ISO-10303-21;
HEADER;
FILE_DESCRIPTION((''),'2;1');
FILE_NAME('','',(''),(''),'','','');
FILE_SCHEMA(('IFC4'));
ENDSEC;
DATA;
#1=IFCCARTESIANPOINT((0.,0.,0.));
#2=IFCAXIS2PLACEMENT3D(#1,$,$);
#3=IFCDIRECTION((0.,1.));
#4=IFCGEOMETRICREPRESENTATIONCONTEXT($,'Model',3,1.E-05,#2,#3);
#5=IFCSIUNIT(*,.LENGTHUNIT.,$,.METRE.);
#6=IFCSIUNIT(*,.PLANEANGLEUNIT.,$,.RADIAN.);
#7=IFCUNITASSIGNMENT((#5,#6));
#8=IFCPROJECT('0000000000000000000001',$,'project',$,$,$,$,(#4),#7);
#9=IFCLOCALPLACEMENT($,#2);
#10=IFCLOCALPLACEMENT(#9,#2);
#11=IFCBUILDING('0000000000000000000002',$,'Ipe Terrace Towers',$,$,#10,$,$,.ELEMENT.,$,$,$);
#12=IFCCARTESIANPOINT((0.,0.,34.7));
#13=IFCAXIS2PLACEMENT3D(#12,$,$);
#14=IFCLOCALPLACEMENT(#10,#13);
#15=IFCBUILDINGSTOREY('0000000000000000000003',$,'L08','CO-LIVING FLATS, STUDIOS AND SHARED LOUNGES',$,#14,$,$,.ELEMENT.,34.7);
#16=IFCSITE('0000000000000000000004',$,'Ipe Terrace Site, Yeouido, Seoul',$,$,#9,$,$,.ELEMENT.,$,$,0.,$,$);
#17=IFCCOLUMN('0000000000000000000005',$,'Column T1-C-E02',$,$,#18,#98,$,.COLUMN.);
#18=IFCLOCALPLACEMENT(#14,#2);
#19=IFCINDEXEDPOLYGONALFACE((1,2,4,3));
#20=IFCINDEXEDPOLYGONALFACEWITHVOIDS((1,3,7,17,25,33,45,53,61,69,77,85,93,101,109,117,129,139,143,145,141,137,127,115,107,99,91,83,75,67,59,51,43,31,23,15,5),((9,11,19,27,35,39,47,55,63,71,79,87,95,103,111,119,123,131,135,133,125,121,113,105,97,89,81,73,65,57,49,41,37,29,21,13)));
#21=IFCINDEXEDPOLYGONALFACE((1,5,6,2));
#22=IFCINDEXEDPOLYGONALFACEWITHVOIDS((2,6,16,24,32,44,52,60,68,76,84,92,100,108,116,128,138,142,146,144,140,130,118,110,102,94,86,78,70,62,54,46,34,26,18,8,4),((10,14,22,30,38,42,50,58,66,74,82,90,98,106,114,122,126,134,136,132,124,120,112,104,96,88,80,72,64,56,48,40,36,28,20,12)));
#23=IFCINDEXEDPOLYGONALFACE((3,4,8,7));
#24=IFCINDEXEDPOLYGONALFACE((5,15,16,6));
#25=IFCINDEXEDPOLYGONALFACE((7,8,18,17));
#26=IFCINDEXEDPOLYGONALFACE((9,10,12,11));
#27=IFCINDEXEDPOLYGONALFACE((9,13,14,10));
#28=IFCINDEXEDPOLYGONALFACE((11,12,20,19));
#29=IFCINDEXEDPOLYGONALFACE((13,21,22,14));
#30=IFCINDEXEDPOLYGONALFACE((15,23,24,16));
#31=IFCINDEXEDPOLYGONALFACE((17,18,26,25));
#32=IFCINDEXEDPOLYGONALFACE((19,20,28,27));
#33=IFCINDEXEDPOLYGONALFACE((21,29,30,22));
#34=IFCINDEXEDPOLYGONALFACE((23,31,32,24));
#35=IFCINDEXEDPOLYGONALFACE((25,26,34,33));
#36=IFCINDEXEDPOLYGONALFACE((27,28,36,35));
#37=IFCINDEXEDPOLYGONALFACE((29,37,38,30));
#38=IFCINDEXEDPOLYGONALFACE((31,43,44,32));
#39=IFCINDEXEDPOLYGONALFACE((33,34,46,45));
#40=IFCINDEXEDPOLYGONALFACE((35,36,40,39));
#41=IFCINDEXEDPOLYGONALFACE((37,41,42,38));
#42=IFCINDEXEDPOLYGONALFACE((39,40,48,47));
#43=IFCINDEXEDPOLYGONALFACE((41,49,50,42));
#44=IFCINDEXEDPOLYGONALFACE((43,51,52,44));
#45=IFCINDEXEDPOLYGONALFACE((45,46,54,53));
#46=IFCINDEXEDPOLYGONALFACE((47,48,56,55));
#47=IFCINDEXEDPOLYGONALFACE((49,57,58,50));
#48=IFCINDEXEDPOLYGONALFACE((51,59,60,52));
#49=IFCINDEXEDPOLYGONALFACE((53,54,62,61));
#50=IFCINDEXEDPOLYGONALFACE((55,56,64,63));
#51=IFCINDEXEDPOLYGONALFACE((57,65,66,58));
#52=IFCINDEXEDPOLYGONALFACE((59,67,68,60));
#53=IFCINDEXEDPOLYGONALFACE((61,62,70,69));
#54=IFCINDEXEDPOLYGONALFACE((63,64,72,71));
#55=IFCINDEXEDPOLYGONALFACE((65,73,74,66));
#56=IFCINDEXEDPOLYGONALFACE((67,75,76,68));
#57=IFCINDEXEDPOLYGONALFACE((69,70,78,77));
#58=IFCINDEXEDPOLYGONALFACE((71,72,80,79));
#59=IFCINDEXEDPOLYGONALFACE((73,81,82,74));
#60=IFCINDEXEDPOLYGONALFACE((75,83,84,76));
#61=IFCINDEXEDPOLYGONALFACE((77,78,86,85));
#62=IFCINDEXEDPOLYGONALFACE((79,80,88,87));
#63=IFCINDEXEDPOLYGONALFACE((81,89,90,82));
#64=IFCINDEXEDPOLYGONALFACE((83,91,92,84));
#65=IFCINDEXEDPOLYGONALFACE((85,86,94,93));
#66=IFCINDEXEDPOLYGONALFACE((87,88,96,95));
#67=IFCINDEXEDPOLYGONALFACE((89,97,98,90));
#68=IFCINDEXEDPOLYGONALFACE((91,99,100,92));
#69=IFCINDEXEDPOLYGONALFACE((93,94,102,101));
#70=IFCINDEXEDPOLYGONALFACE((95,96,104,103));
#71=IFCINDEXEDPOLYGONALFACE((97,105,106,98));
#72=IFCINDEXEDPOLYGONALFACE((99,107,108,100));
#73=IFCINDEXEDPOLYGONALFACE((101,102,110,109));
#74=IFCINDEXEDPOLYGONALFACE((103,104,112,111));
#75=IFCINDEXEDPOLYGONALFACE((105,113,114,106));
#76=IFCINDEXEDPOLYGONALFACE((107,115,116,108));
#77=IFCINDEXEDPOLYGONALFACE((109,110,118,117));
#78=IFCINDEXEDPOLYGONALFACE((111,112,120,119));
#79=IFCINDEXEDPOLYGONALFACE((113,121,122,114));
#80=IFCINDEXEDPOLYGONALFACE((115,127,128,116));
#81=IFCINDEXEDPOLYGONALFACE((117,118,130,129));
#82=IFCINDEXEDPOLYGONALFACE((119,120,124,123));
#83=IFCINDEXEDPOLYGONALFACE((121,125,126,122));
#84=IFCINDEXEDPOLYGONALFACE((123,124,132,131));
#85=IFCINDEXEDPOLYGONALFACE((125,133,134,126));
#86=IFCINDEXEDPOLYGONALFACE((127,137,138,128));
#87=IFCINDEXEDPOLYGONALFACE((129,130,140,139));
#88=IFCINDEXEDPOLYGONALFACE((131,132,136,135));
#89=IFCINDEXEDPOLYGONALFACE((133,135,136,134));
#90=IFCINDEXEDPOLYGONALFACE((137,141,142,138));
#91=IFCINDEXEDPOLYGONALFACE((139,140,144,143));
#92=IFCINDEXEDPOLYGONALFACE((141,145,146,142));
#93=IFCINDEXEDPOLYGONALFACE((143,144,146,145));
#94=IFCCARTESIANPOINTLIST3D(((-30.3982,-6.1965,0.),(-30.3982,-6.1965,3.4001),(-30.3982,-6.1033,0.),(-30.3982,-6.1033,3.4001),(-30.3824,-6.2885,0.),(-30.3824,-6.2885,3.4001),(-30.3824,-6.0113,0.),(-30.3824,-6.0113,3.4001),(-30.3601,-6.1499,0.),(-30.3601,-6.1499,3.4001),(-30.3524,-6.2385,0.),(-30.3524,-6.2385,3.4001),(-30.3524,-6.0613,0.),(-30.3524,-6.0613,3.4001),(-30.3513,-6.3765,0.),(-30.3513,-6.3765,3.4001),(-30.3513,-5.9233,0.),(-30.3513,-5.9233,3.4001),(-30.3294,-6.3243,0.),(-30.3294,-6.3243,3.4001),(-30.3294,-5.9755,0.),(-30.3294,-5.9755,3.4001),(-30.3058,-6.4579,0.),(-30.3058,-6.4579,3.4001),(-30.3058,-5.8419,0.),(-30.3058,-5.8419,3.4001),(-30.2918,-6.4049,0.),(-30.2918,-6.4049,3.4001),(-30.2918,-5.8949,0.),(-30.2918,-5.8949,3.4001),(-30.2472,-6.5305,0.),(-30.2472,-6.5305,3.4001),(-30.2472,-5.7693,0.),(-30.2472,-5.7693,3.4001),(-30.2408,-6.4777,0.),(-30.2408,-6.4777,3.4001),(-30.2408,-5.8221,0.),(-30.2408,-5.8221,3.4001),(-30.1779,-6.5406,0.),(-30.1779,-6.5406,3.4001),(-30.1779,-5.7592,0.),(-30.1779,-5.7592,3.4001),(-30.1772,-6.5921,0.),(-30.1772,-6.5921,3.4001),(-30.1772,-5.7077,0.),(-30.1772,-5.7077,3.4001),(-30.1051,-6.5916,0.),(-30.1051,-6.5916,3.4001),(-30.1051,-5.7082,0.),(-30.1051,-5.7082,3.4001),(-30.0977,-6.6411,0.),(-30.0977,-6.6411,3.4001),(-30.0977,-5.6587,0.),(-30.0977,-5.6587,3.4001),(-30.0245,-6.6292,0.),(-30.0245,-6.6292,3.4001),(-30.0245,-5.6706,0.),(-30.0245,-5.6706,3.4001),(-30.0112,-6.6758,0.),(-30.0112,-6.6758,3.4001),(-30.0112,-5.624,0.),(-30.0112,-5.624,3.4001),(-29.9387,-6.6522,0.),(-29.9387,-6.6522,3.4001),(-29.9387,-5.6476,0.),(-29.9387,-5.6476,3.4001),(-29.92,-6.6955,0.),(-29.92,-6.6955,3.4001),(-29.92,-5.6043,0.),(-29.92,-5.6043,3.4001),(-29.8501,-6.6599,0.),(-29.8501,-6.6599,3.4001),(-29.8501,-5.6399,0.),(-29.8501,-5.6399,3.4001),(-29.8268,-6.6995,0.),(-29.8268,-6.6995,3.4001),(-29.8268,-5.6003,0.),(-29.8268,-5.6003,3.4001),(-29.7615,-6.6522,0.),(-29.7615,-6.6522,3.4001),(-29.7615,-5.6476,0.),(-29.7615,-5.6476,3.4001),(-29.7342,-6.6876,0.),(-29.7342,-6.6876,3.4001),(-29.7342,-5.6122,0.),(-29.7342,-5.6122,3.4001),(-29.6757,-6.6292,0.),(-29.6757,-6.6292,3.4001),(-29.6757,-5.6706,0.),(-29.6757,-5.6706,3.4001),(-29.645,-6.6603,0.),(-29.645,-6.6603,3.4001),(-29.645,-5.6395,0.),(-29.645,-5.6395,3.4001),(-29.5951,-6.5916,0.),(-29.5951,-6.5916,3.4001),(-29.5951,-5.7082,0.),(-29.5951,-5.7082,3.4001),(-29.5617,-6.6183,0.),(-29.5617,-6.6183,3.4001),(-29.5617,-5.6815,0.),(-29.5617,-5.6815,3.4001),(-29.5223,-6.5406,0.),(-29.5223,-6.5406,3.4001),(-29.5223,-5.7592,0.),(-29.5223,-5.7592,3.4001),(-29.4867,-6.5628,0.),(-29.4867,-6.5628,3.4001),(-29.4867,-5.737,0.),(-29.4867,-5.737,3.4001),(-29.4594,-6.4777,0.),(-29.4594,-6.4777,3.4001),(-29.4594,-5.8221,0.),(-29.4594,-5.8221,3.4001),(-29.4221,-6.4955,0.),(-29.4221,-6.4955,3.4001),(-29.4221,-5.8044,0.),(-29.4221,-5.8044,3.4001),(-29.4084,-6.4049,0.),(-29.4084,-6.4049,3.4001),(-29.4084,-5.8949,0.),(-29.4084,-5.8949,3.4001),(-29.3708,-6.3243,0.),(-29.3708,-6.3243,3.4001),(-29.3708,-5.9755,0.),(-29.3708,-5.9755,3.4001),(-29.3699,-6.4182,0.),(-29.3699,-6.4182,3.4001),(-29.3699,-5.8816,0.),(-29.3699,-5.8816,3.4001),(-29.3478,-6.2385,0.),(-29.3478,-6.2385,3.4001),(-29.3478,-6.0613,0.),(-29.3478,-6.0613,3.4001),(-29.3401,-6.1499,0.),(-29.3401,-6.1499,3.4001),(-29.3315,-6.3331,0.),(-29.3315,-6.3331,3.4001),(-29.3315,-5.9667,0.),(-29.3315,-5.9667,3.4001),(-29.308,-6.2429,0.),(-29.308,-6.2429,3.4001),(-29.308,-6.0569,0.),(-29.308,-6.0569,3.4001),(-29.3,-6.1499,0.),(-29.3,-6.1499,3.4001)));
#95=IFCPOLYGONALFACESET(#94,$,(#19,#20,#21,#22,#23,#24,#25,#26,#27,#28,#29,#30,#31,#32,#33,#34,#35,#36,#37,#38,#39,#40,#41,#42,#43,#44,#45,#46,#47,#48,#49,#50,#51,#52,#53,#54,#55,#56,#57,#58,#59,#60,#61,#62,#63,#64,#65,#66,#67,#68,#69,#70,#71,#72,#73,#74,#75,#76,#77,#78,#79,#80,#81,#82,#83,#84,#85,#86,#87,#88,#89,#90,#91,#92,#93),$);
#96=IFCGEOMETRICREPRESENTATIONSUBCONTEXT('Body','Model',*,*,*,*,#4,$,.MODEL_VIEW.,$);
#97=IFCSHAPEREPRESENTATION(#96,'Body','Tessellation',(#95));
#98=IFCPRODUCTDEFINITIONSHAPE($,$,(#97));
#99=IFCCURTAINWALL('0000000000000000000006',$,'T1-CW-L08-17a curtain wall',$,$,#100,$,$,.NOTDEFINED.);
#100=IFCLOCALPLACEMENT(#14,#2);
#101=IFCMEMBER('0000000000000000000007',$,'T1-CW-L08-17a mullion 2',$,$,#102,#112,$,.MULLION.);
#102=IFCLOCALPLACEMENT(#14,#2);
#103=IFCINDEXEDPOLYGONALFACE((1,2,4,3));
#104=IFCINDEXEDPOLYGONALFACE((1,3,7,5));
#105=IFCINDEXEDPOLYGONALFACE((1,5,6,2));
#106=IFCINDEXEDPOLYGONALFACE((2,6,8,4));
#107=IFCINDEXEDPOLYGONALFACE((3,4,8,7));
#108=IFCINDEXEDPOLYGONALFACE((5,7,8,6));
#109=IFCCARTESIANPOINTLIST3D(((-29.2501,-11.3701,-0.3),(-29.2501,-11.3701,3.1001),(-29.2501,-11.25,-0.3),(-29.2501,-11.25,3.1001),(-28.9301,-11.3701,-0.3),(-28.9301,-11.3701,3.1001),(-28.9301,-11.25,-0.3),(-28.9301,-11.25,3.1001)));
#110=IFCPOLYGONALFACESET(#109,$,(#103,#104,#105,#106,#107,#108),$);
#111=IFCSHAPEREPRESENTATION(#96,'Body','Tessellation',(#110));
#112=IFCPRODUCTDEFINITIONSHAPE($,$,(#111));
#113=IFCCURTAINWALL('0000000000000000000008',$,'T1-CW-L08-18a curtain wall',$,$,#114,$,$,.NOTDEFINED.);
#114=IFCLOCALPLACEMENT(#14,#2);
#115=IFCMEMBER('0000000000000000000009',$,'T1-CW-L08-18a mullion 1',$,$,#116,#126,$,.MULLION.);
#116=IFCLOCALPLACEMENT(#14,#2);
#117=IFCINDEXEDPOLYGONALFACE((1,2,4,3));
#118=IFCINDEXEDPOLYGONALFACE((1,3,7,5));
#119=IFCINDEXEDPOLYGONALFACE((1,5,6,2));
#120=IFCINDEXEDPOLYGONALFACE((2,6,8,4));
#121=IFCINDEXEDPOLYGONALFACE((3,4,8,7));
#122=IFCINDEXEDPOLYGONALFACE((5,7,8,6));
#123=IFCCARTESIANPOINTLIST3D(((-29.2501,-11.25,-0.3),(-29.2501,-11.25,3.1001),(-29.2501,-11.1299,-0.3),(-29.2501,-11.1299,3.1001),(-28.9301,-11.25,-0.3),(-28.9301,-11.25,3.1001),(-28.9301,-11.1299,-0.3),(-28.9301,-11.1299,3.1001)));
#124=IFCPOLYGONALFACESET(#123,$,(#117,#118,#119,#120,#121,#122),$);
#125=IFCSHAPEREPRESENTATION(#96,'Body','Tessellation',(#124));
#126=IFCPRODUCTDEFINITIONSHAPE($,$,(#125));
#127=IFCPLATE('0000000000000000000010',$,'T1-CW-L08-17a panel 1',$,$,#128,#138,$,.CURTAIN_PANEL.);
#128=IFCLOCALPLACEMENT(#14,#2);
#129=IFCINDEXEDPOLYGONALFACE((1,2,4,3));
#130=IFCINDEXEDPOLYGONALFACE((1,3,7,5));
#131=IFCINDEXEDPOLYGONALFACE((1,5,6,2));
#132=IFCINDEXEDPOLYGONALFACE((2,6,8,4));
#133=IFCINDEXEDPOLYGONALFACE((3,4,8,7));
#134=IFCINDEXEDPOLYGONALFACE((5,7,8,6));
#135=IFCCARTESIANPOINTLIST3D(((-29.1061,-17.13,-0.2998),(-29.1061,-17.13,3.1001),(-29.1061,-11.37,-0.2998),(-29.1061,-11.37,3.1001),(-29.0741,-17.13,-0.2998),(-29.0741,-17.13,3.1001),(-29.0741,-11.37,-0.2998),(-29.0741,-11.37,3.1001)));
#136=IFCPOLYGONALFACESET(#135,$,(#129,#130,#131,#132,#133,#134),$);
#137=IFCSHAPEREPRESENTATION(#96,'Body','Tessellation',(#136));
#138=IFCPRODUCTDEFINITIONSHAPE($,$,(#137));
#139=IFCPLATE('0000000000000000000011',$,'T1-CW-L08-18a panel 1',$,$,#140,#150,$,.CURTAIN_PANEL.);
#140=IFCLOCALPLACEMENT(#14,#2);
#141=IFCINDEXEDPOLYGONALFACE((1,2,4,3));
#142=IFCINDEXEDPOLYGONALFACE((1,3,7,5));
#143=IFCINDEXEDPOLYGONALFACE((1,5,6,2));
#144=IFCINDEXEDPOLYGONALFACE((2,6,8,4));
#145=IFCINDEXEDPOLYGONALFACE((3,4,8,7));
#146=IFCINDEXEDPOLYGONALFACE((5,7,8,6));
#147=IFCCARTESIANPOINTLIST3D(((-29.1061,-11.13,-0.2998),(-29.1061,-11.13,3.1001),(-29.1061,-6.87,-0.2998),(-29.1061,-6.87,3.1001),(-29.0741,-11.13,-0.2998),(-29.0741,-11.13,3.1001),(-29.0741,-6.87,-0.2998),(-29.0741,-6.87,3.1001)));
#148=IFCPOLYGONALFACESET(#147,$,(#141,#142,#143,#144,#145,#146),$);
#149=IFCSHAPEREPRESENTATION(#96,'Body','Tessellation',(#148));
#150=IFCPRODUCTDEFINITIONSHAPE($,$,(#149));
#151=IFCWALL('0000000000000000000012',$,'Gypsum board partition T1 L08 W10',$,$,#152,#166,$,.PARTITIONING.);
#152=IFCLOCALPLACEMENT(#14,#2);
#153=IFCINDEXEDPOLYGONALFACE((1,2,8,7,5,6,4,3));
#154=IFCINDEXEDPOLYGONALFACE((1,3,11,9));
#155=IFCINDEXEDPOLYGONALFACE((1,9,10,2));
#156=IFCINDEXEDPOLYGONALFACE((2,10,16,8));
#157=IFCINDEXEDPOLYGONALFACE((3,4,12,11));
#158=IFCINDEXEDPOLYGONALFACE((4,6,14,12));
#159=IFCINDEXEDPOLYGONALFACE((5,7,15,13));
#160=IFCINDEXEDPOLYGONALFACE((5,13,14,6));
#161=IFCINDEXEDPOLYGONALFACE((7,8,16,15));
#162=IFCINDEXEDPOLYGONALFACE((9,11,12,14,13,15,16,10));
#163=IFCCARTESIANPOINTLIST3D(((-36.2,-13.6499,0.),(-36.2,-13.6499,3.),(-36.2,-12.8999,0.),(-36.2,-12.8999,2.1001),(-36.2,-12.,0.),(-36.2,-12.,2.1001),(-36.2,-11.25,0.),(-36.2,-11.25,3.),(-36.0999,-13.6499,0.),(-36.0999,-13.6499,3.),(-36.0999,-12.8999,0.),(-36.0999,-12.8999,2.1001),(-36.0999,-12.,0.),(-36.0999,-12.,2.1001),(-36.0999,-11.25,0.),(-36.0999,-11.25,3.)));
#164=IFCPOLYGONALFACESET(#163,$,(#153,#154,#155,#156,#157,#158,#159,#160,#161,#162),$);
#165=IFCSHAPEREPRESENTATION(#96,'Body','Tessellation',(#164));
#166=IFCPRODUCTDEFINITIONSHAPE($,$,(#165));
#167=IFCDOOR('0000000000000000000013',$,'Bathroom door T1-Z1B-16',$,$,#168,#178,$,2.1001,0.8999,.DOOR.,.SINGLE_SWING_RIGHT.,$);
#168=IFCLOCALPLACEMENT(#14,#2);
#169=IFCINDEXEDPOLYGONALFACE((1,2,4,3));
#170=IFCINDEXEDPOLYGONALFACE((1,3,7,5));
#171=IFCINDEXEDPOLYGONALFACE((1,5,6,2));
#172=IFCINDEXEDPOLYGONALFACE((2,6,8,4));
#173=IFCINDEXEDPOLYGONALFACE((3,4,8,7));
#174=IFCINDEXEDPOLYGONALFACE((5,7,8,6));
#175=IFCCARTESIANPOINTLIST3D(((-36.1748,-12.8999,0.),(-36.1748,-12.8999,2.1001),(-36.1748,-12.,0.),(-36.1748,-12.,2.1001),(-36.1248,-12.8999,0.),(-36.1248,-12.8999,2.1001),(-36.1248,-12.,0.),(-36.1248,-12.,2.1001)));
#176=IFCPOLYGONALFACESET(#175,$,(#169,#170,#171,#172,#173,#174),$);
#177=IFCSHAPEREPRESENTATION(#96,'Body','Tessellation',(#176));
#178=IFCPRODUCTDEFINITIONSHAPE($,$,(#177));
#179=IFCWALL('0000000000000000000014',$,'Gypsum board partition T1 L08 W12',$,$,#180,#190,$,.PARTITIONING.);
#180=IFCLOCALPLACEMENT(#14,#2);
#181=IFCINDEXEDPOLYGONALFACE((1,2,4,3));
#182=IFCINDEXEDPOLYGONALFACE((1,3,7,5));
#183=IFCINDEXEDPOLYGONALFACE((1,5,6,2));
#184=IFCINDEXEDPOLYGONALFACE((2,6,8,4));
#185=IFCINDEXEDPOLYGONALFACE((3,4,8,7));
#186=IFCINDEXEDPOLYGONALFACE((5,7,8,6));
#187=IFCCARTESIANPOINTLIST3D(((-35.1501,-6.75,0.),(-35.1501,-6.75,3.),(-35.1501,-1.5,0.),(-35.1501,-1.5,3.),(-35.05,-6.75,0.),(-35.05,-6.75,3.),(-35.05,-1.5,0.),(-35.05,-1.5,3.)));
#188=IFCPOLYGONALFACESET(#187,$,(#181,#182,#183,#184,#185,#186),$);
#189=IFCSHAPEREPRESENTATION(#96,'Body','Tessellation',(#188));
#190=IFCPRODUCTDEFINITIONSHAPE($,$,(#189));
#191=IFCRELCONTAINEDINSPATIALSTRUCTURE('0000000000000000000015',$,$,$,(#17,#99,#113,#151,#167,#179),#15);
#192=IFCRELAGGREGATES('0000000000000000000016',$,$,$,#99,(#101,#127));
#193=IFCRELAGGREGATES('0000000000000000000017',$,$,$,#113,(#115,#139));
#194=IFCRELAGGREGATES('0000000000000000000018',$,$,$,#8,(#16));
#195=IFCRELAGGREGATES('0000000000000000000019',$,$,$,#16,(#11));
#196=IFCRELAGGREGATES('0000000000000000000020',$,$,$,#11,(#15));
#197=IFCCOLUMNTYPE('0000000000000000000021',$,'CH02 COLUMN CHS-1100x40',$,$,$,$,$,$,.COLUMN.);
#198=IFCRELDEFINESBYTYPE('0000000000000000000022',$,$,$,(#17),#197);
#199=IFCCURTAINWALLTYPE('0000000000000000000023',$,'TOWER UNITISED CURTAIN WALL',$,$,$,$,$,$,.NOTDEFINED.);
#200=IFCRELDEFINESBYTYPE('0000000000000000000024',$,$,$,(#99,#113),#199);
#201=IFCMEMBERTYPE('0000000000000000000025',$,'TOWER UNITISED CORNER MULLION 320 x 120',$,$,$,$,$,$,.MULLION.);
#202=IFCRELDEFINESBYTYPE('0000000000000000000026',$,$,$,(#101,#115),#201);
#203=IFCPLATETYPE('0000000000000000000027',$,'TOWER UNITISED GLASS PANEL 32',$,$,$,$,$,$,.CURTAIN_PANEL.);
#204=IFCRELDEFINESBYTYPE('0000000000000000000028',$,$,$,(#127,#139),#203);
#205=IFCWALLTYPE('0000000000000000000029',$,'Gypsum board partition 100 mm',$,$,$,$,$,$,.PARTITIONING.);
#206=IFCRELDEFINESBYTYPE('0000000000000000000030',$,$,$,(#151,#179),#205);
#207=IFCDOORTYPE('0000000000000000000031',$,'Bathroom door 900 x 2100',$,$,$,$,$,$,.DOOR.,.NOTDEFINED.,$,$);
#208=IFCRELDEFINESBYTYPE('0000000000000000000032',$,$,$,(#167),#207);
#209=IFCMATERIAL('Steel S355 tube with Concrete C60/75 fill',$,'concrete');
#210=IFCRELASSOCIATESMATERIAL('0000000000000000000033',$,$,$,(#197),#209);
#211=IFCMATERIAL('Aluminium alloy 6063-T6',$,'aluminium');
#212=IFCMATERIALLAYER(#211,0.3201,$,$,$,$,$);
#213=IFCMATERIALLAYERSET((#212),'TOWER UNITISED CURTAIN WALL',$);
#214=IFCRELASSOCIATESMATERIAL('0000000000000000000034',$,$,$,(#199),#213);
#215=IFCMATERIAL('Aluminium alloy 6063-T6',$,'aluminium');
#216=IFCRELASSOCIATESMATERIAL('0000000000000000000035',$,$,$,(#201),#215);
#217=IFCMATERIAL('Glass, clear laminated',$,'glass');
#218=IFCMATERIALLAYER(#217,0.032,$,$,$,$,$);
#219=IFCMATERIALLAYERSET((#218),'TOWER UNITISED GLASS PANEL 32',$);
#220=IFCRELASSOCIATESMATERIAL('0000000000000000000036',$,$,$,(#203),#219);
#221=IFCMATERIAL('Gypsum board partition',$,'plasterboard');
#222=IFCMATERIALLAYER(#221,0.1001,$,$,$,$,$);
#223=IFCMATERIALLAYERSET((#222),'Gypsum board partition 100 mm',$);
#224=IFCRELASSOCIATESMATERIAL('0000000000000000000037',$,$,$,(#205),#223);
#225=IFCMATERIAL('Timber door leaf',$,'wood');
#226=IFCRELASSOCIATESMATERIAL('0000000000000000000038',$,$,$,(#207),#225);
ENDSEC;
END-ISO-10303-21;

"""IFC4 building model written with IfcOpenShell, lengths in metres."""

from ifc_helpers import new_model, si_unit, direction, frame, frame_2d, origin, origin_2d, place, context, subcontext, project, spatial, rectangle, hollow_circle, extrude, material, layer, layer_set, material_profile, profile_set, type_object, element, fill, aggregate, save


model = new_model("IFC4")

# Units and contexts
model_context = context("Model", 3, precision=1e-05, world=origin(), true_north=direction((0.0, 1.0)))
body_context = subcontext(model_context, "Body", "Model", "MODEL_VIEW")
ifc_project = project(units=[si_unit("LENGTHUNIT", "METRE"), si_unit("PLANEANGLEUNIT", "RADIAN")], contexts=[model_context])

# Site, building, storey
site_placement = place(None, origin())
site = spatial("IfcSite", under=ifc_project, at=site_placement, Name="Ipe Terrace Site, Yeouido, Seoul", CompositionType="ELEMENT", RefElevation=0.0)
building_placement = place(site_placement, origin())
building = spatial("IfcBuilding", under=site, at=building_placement, Name="Ipe Terrace Towers", CompositionType="ELEMENT")
storey_placement = place(building_placement, frame((0.0, 0.0, 34.7)))
storey = spatial("IfcBuildingStorey", under=building, at=storey_placement, Name="L08", Description="CO-LIVING FLATS, STUDIOS AND SHARED LOUNGES", CompositionType="ELEMENT", Elevation=34.7)

# Column
ifc_material_1 = material(Name="Steel S355 tube with Concrete C60/75 fill", Category="concrete")
ifc_material_profile_1 = material_profile(ifc_material_1, hollow_circle(Radius=0.55, WallThickness=0.04, at=origin_2d()), Name="CHS-1100x40")
ifc_profile_set_1 = profile_set([ifc_material_profile_1], Name="Steel S355 tube with Concrete C60/75 fill")
column_type = type_object("IfcColumnType", Name="CH02 COLUMN CHS-1100x40", PredefinedType="COLUMN", material=ifc_profile_set_1)
column_placement = place(storey_placement, frame((-29.8501, -6.1499, 0.0), z_axis=(0.0, 0.0, 1.0), x_axis=(1.0, 0.0, 0.0)))
element("IfcColumn", 1, at=column_placement, inside=storey, type_object=column_type, Name="Column T1-C-E02", PredefinedType="COLUMN", context=body_context, shape_type="SweptSolid", body=[
    extrude(hollow_circle(Radius=0.55, WallThickness=0.04, at=origin_2d()), origin(), (0.0, 0.0, 1.0), 3.4001),
])

# Curtain walls, members
ifc_material_2 = material(Name="Aluminium alloy 6063-T6", Category="aluminium")
ifc_layer_1 = layer(ifc_material_2, 0.3201)
ifc_layer_set_1 = layer_set([ifc_layer_1], Name="TOWER UNITISED CURTAIN WALL")
curtain_wall_type = type_object("IfcCurtainWallType", Name="TOWER UNITISED CURTAIN WALL", PredefinedType="NOTDEFINED", material=ifc_layer_set_1)
curtain_wall_1_placement = place(storey_placement, origin())
curtain_wall_1 = element("IfcCurtainWall", 2, at=curtain_wall_1_placement, inside=storey, type_object=curtain_wall_type, Name="T1-CW-L08-17a curtain wall", PredefinedType="NOTDEFINED")
ifc_material_3 = material(Name="Aluminium alloy 6063-T6", Category="aluminium")
ifc_material_profile_2 = material_profile(ifc_material_3, rectangle(XDim=0.3201, YDim=0.1201, at=origin_2d()), Name="TOWER UNITISED CORNER MULLION 320 x 120")
ifc_profile_set_2 = profile_set([ifc_material_profile_2], Name="Aluminium alloy 6063-T6")
member_type = type_object("IfcMemberType", Name="TOWER UNITISED CORNER MULLION 320 x 120", PredefinedType="MULLION", material=ifc_profile_set_2)
member_1_placement = place(storey_placement, frame((-29.0901, -11.3101, -0.3), z_axis=(0.0, 0.0, 1.0), x_axis=(1.0, 0.0, 0.0)))
member_1 = element("IfcMember", 3, at=member_1_placement, type_object=member_type, Name="T1-CW-L08-17a mullion 2", PredefinedType="MULLION", context=body_context, shape_type="SweptSolid", body=[
    extrude(rectangle(XDim=0.3201, YDim=0.1201, at=origin_2d()), origin(), (0.0, 0.0, 1.0), 3.4001),
])
curtain_wall_2_placement = place(storey_placement, origin())
curtain_wall_2 = element("IfcCurtainWall", 4, at=curtain_wall_2_placement, inside=storey, type_object=curtain_wall_type, Name="T1-CW-L08-18a curtain wall", PredefinedType="NOTDEFINED")
member_2_placement = place(storey_placement, frame((-29.0901, -11.1899, -0.3), z_axis=(0.0, 0.0, 1.0), x_axis=(1.0, 0.0, 0.0)))
member_2 = element("IfcMember", 5, at=member_2_placement, type_object=member_type, Name="T1-CW-L08-18a mullion 1", PredefinedType="MULLION", context=body_context, shape_type="SweptSolid", body=[
    extrude(rectangle(XDim=0.3201, YDim=0.1201, at=origin_2d()), origin(), (0.0, 0.0, 1.0), 3.4001),
])

# Plates
ifc_material_4 = material(Name="Glass, clear laminated", Category="glass")
ifc_layer_2 = layer(ifc_material_4, 0.032)
ifc_layer_set_2 = layer_set([ifc_layer_2], Name="TOWER UNITISED GLASS PANEL 32")
plate_type = type_object("IfcPlateType", Name="TOWER UNITISED GLASS PANEL 32", PredefinedType="CURTAIN_PANEL", material=ifc_layer_set_2)
plate_1_placement = place(storey_placement, frame((-29.0901, -14.25, -0.2998), z_axis=(0.0, 0.0, 1.0), x_axis=(0.0, 1.0, 0.0)))
plate_1 = element("IfcPlate", 6, at=plate_1_placement, type_object=plate_type, Name="T1-CW-L08-17a panel 1", PredefinedType="CURTAIN_PANEL", context=body_context, shape_type="SweptSolid", body=[
    extrude(rectangle(XDim=5.76, YDim=0.032, at=origin_2d()), origin(), (0.0, 0.0, 1.0), 3.3999),
])
aggregate(curtain_wall_1, [member_1, plate_1])
plate_2_placement = place(storey_placement, frame((-29.0901, -9.0, -0.2998), z_axis=(0.0, 0.0, 1.0), x_axis=(0.0, 1.0, 0.0)))
plate_2 = element("IfcPlate", 7, at=plate_2_placement, type_object=plate_type, Name="T1-CW-L08-18a panel 1", PredefinedType="CURTAIN_PANEL", context=body_context, shape_type="SweptSolid", body=[
    extrude(rectangle(XDim=4.26, YDim=0.032, at=origin_2d()), origin(), (0.0, 0.0, 1.0), 3.3999),
])
aggregate(curtain_wall_2, [member_2, plate_2])

# Wall, opening, door
ifc_material_5 = material(Name="Gypsum board partition", Category="plasterboard")
ifc_layer_3 = layer(ifc_material_5, 0.1001)
ifc_layer_set_3 = layer_set([ifc_layer_3], Name="Gypsum board partition 100 mm")
wall_type = type_object("IfcWallType", Name="Gypsum board partition 100 mm", PredefinedType="PARTITIONING", material=ifc_layer_set_3)
wall_1_placement = place(storey_placement, frame((-36.1499, -13.6499, 0.0), z_axis=(0.0, 0.0, 1.0), x_axis=(0.0, 1.0, 0.0)))
wall_1 = element("IfcWall", 8, at=wall_1_placement, inside=storey, type_object=wall_type, Name="Gypsum board partition T1 L08 W10", PredefinedType="PARTITIONING", context=body_context, shape_type="SweptSolid", body=[
    extrude(rectangle(XDim=2.3999, YDim=0.1001, at=frame_2d((1.2, 0.0))), origin(), (0.0, 0.0, 1.0), 3.0),
])
opening_1_placement = place(wall_1_placement, frame((0.75, 0.0, 0.0)))
opening_1 = element("IfcOpeningElement", 9, at=opening_1_placement, cuts=wall_1, PredefinedType="OPENING", context=body_context, shape_type="SweptSolid", body=[
    extrude(rectangle(XDim=0.8999, YDim=2.1001, at=frame_2d((0.45, 1.05))), frame((0.0, 0.0601, 0.0), z_axis=(0.0, -1.0, 0.0), x_axis=(1.0, 0.0, 0.0)), (0.0, 0.0, 1.0), 0.1201),
])
ifc_material_6 = material(Name="Timber door leaf", Category="wood")
door_type_1 = type_object("IfcDoorType", Name="Bathroom door 900 x 2100", OperationType="NOTDEFINED", PredefinedType="DOOR", material=ifc_material_6)
door_1_placement = place(opening_1_placement, origin())
door_1 = element("IfcDoor", 10, at=door_1_placement, inside=storey, type_object=door_type_1, Name="Bathroom door T1-Z1B-16", OperationType="SINGLE_SWING_RIGHT", OverallHeight=2.1001, OverallWidth=0.8999, PredefinedType="DOOR", context=body_context, shape_type="SweptSolid", body=[
    extrude(rectangle(XDim=0.8999, YDim=2.1001, at=frame_2d((0.45, 1.05))), frame((0.0, 0.0249, 0.0), z_axis=(0.0, -1.0, 0.0), x_axis=(1.0, 0.0, 0.0)), (0.0, 0.0, 1.0), 0.05),
])
fill(opening_1, door_1)

# Wall
wall_2_placement = place(storey_placement, frame((-35.1001, -6.75, 0.0), z_axis=(0.0, 0.0, 1.0), x_axis=(0.0, 1.0, 0.0)))
element("IfcWall", 11, at=wall_2_placement, inside=storey, type_object=wall_type, Name="Gypsum board partition T1 L08 W12", PredefinedType="PARTITIONING", context=body_context, shape_type="SweptSolid", body=[
    extrude(rectangle(XDim=5.25, YDim=0.1001, at=frame_2d((2.625, 0.0))), origin(), (0.0, 0.0, 1.0), 3.0),
])

save(model, "model.ifc")
